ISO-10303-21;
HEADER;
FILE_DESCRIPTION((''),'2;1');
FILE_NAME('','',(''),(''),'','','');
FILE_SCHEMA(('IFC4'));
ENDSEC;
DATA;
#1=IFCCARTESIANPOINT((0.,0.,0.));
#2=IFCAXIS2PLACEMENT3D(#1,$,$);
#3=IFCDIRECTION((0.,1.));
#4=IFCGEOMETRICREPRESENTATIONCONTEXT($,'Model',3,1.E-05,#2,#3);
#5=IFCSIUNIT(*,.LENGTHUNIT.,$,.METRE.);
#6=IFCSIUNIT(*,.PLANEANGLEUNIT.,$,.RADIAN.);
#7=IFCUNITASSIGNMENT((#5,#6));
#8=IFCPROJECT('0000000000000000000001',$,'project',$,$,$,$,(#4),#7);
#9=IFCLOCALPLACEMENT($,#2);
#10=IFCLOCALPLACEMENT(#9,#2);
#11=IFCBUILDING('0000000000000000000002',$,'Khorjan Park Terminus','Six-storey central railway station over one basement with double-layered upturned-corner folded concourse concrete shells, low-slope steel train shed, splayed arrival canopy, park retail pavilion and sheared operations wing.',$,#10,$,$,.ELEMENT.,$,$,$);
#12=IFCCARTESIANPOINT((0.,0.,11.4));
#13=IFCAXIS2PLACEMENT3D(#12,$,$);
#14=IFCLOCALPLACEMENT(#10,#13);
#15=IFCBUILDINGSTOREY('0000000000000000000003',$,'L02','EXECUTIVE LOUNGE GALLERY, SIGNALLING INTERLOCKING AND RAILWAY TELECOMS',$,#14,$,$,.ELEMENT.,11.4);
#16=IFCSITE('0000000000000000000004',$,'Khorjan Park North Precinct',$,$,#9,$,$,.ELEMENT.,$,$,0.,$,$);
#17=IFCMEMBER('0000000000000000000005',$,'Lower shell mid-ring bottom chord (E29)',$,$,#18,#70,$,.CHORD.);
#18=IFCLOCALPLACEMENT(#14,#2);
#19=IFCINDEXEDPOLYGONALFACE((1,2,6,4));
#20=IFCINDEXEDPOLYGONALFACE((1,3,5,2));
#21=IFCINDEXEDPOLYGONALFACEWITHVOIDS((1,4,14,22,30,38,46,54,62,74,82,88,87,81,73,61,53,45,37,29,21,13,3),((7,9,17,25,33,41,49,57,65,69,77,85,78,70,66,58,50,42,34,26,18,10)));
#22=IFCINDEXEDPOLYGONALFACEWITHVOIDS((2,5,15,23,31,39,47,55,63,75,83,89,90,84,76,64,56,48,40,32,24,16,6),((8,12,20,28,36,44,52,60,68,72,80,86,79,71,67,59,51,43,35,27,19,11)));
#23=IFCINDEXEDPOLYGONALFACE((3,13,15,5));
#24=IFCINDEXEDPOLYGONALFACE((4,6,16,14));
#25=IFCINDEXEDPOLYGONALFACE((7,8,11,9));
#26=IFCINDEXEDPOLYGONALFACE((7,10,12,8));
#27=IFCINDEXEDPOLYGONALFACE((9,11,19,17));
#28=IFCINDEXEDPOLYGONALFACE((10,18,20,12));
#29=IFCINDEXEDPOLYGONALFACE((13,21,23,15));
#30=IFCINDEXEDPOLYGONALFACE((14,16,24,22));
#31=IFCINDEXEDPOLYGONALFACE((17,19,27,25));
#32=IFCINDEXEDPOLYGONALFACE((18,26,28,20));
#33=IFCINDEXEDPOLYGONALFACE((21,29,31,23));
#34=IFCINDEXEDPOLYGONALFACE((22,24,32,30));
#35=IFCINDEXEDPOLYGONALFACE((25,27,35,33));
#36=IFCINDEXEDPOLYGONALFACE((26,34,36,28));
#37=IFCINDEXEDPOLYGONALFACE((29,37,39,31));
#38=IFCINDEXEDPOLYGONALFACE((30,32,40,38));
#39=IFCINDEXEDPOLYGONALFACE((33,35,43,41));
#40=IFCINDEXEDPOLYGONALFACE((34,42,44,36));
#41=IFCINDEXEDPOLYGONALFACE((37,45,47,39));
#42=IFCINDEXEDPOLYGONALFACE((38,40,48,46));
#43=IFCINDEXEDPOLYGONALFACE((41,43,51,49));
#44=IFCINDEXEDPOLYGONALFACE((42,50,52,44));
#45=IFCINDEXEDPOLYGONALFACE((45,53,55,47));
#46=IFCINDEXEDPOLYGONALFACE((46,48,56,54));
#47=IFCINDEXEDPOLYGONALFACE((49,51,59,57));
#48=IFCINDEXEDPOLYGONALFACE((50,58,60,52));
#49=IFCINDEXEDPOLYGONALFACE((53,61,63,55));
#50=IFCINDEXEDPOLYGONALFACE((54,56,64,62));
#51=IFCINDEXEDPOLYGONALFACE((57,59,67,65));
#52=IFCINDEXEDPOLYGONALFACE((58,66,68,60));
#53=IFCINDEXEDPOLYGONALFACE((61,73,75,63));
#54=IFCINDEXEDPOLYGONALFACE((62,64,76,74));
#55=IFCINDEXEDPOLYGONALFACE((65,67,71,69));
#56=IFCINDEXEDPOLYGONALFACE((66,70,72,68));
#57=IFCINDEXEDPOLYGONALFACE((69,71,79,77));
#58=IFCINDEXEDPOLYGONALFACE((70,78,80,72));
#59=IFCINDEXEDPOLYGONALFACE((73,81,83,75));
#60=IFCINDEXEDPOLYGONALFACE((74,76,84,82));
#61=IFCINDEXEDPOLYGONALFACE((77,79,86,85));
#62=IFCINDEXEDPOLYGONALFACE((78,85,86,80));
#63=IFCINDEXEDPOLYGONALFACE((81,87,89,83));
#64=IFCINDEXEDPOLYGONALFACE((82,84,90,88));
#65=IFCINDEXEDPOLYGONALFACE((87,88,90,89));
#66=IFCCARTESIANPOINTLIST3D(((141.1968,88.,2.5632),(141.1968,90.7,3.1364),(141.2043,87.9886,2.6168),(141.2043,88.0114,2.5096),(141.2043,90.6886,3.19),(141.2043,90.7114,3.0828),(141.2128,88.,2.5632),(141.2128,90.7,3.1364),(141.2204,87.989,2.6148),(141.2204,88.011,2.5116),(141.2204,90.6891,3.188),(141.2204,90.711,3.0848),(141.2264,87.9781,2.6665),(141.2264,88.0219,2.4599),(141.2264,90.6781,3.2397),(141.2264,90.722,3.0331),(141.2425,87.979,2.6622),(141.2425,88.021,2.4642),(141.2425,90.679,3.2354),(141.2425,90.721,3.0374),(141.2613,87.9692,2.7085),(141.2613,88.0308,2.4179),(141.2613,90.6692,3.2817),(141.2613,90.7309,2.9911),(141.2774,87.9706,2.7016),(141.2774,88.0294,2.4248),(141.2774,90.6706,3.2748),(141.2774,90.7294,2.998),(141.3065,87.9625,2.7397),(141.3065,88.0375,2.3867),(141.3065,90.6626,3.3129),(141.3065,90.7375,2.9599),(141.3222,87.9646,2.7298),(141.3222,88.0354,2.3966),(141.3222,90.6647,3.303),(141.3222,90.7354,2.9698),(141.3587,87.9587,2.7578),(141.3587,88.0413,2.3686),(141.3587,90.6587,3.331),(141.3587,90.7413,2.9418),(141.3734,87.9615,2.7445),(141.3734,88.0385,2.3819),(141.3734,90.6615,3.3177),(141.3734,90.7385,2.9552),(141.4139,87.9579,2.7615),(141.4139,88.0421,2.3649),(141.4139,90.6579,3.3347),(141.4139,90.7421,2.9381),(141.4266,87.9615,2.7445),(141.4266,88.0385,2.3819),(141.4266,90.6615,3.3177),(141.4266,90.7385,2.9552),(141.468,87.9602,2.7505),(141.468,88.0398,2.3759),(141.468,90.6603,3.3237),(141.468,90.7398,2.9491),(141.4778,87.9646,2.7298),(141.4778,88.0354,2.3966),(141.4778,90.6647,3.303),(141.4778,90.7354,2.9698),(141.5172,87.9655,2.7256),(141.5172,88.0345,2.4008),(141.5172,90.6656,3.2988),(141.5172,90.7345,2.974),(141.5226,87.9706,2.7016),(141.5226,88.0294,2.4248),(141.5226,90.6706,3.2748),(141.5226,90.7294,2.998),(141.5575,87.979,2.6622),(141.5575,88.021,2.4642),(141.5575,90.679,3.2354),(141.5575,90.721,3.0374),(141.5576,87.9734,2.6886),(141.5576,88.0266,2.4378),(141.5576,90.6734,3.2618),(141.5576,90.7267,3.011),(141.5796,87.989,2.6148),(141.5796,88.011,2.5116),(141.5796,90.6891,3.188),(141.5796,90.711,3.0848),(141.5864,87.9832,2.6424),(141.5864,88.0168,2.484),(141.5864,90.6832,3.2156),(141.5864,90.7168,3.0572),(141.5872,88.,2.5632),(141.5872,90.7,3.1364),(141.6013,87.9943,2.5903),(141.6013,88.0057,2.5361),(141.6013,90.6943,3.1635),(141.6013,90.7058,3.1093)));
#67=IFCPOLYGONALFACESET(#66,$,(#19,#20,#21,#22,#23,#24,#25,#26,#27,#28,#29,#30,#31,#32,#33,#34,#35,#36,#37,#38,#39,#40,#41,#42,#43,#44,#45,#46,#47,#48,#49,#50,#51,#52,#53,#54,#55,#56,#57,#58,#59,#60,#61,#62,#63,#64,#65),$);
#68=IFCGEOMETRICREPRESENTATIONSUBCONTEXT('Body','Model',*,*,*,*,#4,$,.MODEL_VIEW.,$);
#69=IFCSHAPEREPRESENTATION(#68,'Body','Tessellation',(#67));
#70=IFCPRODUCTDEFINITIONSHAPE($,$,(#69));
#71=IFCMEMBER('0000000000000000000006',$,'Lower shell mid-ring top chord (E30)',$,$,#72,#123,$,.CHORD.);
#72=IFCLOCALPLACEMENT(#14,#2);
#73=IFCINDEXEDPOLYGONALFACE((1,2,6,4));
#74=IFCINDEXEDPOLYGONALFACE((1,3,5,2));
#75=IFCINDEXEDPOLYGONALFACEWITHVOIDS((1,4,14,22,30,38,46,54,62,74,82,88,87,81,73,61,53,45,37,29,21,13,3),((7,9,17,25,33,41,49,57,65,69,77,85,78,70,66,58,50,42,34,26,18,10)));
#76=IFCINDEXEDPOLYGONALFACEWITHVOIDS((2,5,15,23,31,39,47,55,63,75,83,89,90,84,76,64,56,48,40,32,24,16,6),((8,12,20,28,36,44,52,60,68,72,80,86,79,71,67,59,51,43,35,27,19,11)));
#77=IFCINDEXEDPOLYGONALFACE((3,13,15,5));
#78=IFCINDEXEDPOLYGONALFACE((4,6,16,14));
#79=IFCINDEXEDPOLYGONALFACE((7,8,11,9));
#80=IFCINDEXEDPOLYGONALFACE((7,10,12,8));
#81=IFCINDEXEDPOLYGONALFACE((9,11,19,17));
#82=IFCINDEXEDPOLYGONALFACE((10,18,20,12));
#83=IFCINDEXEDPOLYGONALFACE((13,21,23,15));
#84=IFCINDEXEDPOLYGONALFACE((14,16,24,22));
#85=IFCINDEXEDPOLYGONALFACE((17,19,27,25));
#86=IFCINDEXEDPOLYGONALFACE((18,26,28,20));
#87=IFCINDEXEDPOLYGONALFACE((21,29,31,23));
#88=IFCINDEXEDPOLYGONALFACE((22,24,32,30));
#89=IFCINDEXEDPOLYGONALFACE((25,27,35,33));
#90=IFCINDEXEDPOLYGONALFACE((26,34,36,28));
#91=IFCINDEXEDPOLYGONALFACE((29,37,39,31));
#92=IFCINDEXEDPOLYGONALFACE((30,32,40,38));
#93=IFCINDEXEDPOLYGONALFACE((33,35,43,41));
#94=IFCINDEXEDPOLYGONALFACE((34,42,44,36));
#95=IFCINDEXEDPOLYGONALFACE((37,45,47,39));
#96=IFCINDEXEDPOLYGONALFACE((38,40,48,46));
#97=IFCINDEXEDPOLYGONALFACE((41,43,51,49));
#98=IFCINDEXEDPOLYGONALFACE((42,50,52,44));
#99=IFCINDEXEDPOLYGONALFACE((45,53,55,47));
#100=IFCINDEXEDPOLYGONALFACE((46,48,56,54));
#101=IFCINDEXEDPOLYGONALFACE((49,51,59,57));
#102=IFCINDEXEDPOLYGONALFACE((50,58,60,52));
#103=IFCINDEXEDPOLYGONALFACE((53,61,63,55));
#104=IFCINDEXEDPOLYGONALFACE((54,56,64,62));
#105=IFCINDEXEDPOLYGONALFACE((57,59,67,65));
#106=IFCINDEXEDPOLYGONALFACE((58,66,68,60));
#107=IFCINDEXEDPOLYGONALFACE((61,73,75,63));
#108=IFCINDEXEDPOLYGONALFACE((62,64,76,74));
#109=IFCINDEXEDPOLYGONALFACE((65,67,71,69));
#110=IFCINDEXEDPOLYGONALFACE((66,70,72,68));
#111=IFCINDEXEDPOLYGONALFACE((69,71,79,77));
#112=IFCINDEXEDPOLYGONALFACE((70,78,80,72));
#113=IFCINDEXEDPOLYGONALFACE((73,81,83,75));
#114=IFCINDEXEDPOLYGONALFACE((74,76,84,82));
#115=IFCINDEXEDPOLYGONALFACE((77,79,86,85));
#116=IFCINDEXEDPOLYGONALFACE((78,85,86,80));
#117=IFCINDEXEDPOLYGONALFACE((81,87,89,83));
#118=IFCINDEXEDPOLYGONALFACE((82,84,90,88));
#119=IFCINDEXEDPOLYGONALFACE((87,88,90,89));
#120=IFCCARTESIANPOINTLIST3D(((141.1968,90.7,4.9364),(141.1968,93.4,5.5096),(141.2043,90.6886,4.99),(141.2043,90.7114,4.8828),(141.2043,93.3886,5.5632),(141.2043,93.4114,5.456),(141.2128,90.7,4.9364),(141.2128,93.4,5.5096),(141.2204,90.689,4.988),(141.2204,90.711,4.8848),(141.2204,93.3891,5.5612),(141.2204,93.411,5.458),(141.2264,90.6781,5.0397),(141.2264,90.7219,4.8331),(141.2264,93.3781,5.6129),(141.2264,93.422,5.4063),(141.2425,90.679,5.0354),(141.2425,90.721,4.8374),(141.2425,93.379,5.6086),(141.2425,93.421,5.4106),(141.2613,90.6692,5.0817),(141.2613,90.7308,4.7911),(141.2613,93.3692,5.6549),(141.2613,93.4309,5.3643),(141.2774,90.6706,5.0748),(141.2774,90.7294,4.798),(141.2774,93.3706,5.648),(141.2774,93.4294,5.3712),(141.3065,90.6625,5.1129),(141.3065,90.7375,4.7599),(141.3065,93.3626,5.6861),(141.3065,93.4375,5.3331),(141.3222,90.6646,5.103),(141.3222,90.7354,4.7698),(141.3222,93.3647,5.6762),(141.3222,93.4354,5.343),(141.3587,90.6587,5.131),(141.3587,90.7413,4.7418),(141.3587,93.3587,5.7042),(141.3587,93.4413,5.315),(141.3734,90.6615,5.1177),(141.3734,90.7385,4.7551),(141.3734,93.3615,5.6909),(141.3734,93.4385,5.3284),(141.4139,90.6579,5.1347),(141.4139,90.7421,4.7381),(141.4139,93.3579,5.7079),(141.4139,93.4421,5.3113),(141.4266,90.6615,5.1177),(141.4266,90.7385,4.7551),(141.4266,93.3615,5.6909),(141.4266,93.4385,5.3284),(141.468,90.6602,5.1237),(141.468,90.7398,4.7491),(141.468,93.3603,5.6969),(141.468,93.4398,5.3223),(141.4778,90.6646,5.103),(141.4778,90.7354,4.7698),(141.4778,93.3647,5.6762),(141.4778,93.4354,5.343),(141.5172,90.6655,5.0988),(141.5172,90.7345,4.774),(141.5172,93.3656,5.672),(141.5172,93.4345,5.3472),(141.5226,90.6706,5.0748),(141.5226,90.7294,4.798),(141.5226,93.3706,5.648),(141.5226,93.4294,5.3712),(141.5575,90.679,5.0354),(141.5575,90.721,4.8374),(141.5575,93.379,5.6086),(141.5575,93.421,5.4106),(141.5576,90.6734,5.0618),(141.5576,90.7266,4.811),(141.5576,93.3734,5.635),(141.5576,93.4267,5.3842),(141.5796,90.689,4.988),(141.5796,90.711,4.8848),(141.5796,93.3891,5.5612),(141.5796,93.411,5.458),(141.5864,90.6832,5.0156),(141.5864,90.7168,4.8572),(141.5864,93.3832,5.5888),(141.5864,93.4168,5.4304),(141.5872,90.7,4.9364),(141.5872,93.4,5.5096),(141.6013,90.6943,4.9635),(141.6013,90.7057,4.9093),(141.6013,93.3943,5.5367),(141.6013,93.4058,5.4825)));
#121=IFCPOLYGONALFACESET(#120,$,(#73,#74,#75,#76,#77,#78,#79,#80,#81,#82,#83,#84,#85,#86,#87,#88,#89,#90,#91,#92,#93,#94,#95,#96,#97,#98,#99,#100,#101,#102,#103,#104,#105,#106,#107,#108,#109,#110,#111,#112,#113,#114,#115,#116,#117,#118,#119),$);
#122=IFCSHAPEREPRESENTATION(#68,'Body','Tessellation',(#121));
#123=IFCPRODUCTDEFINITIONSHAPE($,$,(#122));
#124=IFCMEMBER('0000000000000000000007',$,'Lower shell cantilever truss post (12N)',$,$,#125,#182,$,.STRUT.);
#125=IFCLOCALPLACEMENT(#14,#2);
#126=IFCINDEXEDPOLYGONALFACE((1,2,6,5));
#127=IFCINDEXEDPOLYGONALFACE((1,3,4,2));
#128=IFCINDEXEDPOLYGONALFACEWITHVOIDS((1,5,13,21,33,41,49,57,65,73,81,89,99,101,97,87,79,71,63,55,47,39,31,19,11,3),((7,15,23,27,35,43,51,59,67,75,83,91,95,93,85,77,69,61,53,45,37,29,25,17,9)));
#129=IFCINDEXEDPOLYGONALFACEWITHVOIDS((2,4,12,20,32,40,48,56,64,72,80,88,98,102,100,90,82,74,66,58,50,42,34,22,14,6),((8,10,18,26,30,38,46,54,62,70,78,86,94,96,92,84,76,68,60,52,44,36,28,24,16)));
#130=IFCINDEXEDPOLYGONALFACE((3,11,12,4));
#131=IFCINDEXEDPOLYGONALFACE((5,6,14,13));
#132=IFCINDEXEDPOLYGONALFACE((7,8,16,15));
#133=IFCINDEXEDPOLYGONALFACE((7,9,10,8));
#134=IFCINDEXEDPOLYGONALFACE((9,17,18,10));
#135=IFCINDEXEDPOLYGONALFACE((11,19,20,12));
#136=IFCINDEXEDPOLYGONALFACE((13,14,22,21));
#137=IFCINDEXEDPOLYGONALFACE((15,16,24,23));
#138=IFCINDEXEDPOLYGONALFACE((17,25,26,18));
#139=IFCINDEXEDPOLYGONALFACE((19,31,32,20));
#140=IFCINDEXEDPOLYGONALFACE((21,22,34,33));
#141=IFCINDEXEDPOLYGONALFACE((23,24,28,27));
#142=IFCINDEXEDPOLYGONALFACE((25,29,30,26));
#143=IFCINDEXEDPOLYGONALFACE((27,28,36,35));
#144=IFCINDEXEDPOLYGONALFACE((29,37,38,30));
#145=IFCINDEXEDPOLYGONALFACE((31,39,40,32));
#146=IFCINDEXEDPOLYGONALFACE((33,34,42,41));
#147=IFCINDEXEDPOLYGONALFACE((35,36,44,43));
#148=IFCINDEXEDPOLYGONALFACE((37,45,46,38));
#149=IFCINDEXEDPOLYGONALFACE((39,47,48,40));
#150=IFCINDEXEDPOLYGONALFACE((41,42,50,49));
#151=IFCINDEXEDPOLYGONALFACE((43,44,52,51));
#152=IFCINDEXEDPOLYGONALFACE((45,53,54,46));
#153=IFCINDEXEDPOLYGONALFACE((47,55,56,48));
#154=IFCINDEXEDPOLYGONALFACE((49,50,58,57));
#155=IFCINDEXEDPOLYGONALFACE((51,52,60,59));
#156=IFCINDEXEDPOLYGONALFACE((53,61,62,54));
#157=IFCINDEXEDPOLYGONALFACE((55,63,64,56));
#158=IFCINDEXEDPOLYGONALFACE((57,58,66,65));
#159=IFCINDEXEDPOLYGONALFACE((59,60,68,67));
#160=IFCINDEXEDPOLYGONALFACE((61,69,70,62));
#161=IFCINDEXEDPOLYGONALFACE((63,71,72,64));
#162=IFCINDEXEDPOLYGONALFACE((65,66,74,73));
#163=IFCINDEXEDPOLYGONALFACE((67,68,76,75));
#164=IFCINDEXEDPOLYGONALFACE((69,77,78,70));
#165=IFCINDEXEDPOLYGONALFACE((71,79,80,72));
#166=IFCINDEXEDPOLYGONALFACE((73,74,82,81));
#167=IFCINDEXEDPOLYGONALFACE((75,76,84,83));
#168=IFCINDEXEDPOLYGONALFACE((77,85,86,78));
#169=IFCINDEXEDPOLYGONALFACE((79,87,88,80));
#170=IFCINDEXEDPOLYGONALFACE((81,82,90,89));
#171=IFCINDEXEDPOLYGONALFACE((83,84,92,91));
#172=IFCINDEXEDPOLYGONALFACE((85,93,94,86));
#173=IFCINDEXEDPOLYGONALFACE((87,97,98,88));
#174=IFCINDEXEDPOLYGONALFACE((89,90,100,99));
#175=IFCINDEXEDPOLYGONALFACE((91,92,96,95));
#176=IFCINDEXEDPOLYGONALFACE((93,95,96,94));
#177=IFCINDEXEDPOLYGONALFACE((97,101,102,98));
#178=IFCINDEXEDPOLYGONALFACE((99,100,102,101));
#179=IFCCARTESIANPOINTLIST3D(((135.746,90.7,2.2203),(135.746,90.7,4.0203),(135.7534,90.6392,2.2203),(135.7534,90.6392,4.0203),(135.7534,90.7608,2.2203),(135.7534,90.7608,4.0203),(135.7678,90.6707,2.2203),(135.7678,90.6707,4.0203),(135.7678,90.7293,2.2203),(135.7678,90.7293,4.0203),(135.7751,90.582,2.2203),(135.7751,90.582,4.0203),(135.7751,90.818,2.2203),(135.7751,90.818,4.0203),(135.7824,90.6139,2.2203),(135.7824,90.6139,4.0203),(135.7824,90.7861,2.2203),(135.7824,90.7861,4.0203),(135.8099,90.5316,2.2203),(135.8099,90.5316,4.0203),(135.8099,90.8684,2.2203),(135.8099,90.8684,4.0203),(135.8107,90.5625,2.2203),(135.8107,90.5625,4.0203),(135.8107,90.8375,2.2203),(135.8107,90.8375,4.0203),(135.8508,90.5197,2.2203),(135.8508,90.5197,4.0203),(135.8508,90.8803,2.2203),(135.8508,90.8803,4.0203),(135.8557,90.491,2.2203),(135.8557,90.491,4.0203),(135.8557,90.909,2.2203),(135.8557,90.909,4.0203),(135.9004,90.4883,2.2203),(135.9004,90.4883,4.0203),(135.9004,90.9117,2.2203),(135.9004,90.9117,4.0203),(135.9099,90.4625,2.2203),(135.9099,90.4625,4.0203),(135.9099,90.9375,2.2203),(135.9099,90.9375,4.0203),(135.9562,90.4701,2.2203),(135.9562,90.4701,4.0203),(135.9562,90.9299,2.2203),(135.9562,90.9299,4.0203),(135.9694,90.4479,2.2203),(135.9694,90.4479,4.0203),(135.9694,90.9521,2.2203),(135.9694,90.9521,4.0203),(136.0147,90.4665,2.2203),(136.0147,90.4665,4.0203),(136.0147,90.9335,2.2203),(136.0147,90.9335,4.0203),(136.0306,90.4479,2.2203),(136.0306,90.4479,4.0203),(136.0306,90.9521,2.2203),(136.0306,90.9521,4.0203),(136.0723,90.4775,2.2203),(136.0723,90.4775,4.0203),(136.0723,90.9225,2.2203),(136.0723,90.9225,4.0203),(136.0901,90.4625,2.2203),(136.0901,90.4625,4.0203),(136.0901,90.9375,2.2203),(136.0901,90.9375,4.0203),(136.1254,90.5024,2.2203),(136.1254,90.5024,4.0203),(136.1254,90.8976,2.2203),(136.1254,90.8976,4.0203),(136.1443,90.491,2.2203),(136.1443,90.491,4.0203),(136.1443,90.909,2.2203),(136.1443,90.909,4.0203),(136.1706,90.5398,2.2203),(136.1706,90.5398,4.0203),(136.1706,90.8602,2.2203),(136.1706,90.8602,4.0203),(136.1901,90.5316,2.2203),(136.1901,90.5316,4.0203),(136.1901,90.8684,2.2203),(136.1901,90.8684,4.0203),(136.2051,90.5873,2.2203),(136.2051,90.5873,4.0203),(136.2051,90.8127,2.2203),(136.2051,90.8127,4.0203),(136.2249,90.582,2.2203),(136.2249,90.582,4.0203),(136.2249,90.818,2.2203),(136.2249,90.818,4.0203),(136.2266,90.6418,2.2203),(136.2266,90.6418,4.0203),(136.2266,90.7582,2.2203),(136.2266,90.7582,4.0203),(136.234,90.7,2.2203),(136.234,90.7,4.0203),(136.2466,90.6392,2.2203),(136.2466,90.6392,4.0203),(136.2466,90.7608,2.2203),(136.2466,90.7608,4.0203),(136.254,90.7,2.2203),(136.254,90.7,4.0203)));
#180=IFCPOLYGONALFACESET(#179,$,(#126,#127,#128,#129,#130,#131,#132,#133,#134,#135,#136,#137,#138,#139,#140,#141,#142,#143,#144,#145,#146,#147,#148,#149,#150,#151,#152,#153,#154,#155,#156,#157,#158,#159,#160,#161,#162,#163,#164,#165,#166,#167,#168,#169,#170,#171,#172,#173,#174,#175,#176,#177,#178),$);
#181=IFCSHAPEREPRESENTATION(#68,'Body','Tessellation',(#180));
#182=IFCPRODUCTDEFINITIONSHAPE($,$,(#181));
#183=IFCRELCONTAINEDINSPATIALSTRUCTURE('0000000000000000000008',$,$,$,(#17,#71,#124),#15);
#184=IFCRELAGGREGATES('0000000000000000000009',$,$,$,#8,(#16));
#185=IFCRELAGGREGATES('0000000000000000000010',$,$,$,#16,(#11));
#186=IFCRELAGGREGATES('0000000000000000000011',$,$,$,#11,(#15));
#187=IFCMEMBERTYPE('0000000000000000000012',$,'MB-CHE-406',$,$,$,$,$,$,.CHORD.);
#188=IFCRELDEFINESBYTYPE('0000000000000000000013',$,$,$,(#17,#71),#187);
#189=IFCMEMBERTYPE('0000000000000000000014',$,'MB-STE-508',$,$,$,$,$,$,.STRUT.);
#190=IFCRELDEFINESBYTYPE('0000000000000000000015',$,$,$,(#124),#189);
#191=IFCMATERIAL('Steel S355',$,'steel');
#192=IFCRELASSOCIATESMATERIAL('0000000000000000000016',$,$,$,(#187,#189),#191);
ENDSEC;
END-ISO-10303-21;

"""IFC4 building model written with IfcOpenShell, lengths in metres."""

from ifc_helpers import new_model, si_unit, direction, frame, origin, origin_2d, place, context, subcontext, project, spatial, hollow_circle, extrude, material, material_profile, profile_set, type_object, element, save


model = new_model("IFC4")

# Units and contexts
model_context = context("Model", 3, precision=1e-05, world=origin(), true_north=direction((0.0, 1.0)))
body_context = subcontext(model_context, "Body", "Model", "MODEL_VIEW")
ifc_project = project(units=[si_unit("LENGTHUNIT", "METRE"), si_unit("PLANEANGLEUNIT", "RADIAN")], contexts=[model_context])

# Site, building, storey
site_placement = place(None, origin())
site = spatial("IfcSite", under=ifc_project, at=site_placement, Name="Khorjan Park North Precinct", CompositionType="ELEMENT", RefElevation=0.0)
building_placement = place(site_placement, origin())
building = spatial("IfcBuilding", under=site, at=building_placement, Name="Khorjan Park Terminus", Description="Six-storey central railway station over one basement with double-layered upturned-corner folded concourse concrete shells, low-slope steel train shed, splayed arrival canopy, park retail pavilion and sheared operations wing.", CompositionType="ELEMENT")
storey_placement = place(building_placement, frame((0.0, 0.0, 11.4)))
storey = spatial("IfcBuildingStorey", under=building, at=storey_placement, Name="L02", Description="EXECUTIVE LOUNGE GALLERY, SIGNALLING INTERLOCKING AND RAILWAY TELECOMS", CompositionType="ELEMENT", Elevation=11.4)

# Shared definitions
ifc_material_1 = material(Name="Steel S355", Category="steel")

# Members
ifc_material_profile_1 = material_profile(ifc_material_1, hollow_circle(Radius=0.2032, WallThickness=0.016, at=origin_2d()), Name="CHS 406.4x16")
ifc_profile_set_1 = profile_set([ifc_material_profile_1], Name="Steel S355")
member_type_1 = type_object("IfcMemberType", Name="MB-CHE-406", PredefinedType="CHORD", material=ifc_profile_set_1)
for number, where, z_axis, x_axis, name in (
    (1, (141.4, 88.0, 2.5632), (0.0, 0.978199, 0.207668), (-1.0, 0.0, 0.0), "Lower shell mid-ring bottom chord (E29)"),
    (2, (141.4, 90.7, 4.9364), (0.0, 0.978199, 0.207668), (-1.0, 0.0, 0.0), "Lower shell mid-ring top chord (E30)"),
):
    element("IfcMember", number, at=place(storey_placement, frame(where, z_axis=z_axis, x_axis=x_axis)), inside=storey, type_object=member_type_1, Name=name, PredefinedType="CHORD", context=body_context, shape_type="SweptSolid", body=[
        extrude(hollow_circle(Radius=0.2032, WallThickness=0.016, at=origin_2d()), origin(), (0.0, 0.0, 1.0), 2.7602),
    ])
ifc_material_profile_2 = material_profile(ifc_material_1, hollow_circle(Radius=0.254, WallThickness=0.02, at=origin_2d()), Name="CHS 508x20")
ifc_profile_set_2 = profile_set([ifc_material_profile_2], Name="Steel S355")
member_type_2 = type_object("IfcMemberType", Name="MB-STE-508", PredefinedType="STRUT", material=ifc_profile_set_2)
for number, where, z_axis, x_axis, name in (
    (3, (136.0, 90.7, 2.2203), (0.0, 0.0, 1.0), (1.0, 0.0, 0.0), "Lower shell cantilever truss post (12N)"),
):
    element("IfcMember", number, at=place(storey_placement, frame(where, z_axis=z_axis, x_axis=x_axis)), inside=storey, type_object=member_type_2, Name=name, PredefinedType="STRUT", context=body_context, shape_type="SweptSolid", body=[
        extrude(hollow_circle(Radius=0.254, WallThickness=0.02, at=origin_2d()), origin(), (0.0, 0.0, 1.0), 1.8),
    ])

save(model, "model.ifc")
